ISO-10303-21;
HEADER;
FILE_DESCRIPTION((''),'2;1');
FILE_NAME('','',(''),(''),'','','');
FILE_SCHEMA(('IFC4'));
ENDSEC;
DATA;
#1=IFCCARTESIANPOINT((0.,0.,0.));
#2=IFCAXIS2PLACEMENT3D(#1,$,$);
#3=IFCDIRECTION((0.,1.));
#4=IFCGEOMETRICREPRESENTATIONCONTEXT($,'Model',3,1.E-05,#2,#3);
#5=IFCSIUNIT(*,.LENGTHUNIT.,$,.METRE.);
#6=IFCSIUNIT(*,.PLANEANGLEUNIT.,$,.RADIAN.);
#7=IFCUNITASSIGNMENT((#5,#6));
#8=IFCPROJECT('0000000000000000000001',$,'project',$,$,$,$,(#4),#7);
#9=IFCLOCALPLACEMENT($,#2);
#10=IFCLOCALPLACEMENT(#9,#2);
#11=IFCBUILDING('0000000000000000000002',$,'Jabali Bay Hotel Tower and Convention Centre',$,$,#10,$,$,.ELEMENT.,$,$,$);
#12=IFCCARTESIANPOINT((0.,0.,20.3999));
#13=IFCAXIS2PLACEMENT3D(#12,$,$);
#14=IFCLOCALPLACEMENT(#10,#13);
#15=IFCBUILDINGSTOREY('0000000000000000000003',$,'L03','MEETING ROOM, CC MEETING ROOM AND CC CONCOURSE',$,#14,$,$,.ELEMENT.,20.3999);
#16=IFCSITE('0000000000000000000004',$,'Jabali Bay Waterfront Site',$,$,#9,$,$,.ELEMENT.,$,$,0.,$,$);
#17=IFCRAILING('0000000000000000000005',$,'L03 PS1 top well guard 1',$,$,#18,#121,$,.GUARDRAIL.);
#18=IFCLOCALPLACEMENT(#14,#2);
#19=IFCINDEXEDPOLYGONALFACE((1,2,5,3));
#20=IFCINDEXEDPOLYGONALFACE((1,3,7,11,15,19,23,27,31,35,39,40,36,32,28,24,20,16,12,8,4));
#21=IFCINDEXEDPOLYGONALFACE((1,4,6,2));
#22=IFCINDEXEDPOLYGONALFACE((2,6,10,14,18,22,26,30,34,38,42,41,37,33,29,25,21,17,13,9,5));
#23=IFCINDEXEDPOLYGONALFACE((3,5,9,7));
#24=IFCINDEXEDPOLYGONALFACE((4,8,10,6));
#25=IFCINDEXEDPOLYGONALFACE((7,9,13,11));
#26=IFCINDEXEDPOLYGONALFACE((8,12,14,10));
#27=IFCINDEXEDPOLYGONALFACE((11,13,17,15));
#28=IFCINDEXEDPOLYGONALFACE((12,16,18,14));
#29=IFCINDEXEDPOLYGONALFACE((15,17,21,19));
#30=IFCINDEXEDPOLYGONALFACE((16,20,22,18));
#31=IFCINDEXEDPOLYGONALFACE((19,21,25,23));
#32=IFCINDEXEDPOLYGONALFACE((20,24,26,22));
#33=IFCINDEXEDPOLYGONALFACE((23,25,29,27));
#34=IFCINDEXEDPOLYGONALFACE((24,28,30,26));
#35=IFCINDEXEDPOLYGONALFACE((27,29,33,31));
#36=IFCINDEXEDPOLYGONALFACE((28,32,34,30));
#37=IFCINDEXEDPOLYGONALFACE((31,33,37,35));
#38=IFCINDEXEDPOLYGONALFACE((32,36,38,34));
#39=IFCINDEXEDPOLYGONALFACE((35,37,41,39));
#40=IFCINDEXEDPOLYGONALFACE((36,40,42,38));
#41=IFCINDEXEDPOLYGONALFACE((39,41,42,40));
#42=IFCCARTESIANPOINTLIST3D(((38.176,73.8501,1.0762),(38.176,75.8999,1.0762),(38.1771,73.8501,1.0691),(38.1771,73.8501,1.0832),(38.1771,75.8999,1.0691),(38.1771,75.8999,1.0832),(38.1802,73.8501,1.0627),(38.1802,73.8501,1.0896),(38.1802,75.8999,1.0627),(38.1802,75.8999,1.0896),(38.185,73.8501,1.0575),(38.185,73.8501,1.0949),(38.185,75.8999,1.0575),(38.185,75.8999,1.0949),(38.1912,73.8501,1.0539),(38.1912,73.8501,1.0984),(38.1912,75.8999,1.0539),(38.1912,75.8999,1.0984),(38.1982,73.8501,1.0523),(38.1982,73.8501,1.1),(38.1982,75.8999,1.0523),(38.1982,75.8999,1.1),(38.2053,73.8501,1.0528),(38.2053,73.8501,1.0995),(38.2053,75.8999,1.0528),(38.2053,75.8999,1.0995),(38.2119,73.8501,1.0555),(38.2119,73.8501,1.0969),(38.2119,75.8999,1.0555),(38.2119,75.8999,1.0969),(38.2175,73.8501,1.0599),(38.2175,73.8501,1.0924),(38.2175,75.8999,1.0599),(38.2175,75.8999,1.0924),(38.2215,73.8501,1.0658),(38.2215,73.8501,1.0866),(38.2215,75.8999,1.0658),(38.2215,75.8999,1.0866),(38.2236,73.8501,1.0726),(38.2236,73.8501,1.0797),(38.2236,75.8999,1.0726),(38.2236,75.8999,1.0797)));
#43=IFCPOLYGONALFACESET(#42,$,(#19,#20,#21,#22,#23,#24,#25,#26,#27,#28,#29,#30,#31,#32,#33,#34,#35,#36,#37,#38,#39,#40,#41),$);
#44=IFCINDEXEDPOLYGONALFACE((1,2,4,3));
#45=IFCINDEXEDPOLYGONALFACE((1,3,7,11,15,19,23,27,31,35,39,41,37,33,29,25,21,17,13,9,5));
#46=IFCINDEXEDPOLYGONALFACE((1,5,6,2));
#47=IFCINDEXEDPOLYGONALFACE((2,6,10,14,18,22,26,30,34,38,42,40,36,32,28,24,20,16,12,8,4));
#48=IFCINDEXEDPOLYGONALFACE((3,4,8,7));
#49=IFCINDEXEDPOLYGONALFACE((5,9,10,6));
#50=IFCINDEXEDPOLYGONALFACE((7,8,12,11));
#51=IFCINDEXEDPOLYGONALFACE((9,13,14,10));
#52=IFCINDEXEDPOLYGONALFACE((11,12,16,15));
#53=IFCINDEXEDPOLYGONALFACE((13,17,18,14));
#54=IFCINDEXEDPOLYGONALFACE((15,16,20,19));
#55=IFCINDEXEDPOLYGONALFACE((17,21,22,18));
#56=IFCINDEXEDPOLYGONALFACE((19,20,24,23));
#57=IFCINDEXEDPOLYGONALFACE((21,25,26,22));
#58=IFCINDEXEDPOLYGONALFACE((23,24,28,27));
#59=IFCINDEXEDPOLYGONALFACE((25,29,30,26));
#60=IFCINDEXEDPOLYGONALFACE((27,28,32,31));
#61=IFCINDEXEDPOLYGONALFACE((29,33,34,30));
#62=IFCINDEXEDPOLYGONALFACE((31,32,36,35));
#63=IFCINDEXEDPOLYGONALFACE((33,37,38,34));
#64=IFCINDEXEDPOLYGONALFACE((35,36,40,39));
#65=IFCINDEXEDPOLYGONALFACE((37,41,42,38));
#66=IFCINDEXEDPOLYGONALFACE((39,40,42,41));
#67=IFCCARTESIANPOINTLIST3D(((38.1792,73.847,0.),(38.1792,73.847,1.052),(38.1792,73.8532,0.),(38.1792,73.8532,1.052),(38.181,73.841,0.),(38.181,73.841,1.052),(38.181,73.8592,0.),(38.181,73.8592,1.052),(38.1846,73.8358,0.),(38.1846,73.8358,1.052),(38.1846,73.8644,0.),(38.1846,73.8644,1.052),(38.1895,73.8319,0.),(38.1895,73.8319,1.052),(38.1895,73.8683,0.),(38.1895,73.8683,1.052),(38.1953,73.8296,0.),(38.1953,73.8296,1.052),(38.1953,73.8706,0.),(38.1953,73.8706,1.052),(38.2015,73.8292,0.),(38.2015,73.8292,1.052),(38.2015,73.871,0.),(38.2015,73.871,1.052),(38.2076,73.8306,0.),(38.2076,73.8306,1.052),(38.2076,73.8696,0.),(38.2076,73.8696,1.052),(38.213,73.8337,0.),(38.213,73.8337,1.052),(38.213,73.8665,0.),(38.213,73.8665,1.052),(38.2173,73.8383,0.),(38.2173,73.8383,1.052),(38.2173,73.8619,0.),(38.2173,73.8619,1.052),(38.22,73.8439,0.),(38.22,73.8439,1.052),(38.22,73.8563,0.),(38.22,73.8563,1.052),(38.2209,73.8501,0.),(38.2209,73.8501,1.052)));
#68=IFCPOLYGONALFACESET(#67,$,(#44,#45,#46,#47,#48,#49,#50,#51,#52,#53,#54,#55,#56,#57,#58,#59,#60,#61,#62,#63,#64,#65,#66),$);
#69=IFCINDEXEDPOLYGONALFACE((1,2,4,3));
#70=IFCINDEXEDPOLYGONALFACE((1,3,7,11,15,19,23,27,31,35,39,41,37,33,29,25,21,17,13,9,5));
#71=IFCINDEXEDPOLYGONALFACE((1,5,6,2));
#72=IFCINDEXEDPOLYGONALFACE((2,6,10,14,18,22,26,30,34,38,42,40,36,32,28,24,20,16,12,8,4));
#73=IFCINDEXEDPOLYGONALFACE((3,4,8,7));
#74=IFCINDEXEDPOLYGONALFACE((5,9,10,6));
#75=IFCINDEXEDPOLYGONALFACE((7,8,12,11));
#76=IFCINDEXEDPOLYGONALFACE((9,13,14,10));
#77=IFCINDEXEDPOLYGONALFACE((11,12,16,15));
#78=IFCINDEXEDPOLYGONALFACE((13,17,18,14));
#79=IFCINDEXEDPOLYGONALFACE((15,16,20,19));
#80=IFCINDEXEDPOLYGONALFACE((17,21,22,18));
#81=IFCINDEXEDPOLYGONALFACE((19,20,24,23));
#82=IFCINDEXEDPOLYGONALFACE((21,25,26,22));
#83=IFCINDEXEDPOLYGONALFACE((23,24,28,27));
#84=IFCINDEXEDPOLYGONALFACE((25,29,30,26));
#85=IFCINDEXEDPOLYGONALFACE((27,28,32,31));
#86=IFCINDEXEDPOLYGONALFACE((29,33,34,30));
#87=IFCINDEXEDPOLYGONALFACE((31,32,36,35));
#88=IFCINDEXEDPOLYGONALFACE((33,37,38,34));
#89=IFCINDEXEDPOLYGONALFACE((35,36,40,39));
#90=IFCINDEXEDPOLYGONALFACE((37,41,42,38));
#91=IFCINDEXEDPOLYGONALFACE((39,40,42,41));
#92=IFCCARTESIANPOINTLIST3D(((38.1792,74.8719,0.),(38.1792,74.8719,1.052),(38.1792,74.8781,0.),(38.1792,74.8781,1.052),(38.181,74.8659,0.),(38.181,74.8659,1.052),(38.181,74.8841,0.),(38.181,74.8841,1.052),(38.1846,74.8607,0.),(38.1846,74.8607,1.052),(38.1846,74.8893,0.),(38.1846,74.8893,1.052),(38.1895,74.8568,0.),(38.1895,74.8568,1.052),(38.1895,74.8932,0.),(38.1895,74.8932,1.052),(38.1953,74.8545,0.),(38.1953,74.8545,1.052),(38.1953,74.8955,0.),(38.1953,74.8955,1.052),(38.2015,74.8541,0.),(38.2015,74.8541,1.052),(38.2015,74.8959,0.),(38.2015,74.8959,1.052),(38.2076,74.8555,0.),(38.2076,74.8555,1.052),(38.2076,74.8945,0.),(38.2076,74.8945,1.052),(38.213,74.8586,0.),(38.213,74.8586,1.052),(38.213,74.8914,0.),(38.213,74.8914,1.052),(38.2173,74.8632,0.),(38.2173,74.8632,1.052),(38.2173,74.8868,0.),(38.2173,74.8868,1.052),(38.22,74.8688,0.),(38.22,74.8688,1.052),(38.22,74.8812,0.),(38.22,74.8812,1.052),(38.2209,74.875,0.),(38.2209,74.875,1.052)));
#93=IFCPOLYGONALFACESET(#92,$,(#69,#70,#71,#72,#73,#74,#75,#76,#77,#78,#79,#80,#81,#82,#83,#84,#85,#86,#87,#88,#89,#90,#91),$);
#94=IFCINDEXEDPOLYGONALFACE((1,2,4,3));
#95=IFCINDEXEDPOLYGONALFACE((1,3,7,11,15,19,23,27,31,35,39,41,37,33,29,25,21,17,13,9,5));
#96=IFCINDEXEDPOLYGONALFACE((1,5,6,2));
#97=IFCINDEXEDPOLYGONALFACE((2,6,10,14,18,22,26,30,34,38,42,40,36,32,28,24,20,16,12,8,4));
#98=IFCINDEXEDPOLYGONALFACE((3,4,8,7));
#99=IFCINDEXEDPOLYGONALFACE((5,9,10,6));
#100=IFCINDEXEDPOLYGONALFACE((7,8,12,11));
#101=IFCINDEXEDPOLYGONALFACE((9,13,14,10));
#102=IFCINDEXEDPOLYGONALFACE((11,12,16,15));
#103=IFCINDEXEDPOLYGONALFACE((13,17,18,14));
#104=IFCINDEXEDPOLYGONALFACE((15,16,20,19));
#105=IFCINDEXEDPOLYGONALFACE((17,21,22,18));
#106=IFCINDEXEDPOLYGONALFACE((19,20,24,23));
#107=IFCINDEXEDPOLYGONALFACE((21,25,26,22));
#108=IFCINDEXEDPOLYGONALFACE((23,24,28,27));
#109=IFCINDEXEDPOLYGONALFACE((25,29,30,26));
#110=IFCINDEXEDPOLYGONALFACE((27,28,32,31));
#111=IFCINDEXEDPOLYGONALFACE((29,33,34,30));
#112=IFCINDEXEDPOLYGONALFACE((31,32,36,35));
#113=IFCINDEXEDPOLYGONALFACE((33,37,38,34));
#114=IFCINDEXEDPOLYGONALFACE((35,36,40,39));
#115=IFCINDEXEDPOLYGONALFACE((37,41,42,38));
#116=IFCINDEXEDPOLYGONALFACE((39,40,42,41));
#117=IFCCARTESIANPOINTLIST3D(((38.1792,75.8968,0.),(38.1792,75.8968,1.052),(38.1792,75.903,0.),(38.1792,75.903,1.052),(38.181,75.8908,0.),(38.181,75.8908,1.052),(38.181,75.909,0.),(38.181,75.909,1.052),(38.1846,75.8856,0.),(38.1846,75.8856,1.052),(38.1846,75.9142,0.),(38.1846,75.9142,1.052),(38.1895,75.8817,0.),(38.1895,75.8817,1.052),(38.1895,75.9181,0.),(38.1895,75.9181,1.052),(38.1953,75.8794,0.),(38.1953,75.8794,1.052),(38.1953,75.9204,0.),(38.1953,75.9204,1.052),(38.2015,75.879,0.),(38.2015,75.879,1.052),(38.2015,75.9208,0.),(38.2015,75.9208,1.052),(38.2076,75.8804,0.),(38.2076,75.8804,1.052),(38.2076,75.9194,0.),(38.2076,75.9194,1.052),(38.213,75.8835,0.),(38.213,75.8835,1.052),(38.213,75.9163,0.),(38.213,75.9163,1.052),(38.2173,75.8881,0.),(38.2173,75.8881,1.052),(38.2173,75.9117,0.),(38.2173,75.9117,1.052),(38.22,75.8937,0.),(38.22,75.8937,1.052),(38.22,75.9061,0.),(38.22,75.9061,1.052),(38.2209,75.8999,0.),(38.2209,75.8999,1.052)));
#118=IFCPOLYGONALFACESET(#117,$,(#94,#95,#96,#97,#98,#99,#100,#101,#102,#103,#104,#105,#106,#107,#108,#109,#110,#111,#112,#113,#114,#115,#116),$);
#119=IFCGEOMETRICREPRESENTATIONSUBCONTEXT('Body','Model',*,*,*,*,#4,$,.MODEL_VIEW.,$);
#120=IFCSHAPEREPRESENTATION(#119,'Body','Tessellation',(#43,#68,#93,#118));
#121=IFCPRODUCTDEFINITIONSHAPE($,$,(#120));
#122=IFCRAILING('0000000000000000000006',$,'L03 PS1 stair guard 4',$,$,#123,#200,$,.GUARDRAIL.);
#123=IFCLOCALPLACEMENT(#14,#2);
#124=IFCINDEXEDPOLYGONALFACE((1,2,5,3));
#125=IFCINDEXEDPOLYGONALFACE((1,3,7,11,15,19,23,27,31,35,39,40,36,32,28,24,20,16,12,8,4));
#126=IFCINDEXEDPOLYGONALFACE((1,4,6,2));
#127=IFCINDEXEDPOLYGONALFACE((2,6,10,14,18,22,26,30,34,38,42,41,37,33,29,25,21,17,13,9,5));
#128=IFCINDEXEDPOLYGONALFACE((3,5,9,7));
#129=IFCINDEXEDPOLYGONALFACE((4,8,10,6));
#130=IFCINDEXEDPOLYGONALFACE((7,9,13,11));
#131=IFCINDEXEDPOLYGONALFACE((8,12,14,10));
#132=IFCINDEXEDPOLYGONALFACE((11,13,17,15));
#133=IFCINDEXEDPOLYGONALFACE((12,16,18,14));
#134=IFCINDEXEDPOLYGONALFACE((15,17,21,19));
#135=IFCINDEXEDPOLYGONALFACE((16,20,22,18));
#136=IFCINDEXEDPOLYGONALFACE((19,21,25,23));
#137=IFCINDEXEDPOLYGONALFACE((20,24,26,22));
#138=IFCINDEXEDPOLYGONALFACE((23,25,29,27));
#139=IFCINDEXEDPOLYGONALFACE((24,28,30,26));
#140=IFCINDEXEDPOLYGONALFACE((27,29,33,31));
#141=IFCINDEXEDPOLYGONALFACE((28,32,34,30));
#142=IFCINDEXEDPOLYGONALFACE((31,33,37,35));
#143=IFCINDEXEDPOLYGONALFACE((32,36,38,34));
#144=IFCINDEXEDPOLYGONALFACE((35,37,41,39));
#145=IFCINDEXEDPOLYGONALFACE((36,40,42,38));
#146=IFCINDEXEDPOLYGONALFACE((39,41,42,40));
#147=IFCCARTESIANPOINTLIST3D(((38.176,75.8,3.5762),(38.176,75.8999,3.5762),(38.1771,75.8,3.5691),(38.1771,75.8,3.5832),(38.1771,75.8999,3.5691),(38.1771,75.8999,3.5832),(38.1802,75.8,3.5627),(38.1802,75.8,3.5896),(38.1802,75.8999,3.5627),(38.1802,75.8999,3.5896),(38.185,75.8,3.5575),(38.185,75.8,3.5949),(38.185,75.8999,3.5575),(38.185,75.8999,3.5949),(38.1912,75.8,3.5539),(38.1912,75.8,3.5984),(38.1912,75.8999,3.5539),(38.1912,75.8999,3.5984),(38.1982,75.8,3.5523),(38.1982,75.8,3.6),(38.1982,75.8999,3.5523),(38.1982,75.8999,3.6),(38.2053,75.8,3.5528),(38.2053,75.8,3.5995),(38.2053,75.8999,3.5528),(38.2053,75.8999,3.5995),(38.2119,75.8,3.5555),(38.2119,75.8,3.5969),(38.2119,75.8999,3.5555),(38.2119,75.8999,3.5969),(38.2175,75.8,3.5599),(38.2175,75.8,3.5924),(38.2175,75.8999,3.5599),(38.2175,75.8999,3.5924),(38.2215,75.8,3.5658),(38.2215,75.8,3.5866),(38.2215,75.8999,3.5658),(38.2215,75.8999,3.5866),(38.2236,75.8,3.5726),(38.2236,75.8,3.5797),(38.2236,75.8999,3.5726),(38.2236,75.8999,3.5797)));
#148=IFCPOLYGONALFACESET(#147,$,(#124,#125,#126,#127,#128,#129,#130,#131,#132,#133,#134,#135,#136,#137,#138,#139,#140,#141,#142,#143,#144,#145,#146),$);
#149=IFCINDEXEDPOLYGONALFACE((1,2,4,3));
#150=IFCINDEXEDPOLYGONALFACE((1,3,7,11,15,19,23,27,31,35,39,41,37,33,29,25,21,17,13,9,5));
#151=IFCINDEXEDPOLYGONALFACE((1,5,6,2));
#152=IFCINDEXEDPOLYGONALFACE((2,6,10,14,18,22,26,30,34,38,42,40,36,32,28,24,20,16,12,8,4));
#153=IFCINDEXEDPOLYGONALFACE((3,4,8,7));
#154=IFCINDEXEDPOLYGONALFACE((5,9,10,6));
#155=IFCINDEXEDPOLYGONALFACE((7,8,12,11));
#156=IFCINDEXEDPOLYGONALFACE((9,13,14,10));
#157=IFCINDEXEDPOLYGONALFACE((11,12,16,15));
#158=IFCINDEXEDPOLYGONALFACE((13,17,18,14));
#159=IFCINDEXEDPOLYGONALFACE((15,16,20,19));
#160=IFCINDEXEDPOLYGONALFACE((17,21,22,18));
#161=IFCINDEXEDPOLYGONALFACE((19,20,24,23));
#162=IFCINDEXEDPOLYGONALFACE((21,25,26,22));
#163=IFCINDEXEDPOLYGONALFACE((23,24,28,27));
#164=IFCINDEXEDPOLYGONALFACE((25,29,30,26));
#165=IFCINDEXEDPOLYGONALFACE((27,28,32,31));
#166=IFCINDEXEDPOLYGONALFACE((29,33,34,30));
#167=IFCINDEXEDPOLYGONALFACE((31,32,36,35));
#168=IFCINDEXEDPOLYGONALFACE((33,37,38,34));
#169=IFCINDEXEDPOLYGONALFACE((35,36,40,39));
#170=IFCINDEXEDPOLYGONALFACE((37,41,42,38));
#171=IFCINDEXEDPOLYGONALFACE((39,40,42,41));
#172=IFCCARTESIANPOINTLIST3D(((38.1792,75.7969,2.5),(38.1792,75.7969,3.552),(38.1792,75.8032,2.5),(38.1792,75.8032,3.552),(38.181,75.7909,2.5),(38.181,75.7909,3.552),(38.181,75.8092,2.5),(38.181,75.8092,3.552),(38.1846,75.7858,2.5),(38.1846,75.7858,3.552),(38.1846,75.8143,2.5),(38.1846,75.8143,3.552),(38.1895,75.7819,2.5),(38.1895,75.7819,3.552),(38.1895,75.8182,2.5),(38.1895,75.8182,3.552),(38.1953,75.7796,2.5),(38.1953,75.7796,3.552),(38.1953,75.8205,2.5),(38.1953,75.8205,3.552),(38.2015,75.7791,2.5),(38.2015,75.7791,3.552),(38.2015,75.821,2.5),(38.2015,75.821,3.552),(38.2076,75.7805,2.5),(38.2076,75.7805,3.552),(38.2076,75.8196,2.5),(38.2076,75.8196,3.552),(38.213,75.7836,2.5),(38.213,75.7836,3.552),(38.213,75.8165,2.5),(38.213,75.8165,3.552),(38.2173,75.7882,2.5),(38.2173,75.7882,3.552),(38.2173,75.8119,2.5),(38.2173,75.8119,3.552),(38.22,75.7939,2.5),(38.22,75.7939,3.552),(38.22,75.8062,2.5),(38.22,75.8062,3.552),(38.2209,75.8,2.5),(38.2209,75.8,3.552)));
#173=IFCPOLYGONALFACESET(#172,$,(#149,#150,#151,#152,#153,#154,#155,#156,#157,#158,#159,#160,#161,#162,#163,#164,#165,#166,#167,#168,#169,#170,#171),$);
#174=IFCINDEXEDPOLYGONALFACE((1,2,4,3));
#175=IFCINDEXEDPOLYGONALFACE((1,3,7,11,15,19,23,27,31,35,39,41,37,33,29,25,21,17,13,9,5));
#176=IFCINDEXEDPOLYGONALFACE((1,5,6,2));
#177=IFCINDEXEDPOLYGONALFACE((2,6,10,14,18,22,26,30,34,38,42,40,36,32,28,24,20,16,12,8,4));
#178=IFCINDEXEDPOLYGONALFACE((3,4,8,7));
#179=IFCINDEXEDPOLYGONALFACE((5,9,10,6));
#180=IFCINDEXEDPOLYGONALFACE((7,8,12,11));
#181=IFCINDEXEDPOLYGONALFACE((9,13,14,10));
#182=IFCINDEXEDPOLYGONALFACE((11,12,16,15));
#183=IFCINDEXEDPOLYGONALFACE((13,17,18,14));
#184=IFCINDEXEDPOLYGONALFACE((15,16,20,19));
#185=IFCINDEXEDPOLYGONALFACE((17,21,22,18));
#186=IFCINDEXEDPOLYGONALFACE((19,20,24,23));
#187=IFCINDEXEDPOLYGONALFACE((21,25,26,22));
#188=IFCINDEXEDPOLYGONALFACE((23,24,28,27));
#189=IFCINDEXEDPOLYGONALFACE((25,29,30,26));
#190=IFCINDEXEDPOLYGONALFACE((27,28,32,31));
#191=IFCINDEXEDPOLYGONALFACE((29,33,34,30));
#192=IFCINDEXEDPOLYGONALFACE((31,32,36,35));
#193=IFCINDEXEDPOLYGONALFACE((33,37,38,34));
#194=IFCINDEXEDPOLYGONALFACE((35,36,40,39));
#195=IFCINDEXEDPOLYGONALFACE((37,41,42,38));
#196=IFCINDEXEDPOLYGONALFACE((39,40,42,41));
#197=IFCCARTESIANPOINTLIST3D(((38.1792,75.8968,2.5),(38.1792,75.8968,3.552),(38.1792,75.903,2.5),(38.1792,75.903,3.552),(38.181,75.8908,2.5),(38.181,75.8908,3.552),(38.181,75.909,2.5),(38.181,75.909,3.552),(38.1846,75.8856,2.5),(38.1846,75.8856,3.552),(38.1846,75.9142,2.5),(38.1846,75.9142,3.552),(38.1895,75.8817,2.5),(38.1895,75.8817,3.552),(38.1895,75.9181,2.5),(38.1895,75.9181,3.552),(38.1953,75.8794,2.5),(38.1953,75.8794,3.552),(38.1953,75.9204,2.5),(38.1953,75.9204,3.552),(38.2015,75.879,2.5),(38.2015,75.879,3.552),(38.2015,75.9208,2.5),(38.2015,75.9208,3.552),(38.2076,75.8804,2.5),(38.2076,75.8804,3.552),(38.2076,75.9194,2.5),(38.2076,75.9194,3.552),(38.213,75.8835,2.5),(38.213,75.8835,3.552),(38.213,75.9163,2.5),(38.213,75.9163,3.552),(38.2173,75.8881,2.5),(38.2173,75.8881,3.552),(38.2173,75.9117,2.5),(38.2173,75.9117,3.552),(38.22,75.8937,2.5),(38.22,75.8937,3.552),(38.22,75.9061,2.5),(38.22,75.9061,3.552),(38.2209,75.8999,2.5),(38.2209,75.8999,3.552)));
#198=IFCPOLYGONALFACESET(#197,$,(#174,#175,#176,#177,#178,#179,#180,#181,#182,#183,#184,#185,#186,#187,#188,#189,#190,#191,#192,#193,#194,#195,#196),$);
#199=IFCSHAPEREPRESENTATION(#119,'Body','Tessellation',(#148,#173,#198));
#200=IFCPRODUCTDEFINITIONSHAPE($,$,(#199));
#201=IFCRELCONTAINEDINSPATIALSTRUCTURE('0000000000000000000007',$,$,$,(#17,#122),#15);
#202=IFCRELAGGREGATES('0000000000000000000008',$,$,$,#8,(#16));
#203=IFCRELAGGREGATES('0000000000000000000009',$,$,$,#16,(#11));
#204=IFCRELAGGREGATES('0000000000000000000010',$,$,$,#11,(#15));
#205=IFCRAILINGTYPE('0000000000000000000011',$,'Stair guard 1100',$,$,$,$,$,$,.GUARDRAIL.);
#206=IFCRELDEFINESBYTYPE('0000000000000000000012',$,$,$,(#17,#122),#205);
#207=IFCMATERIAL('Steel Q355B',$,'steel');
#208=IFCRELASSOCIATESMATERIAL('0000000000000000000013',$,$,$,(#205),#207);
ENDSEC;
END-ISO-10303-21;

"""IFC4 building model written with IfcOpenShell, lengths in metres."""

from ifc_helpers import new_model, si_unit, direction, frame, origin, origin_2d, place, context, subcontext, project, spatial, circle, extrude, material, type_object, element, save


model = new_model("IFC4")

# Units and contexts
model_context = context("Model", 3, precision=1e-05, world=origin(), true_north=direction((0.0, 1.0)))
body_context = subcontext(model_context, "Body", "Model", "MODEL_VIEW")
ifc_project = project(units=[si_unit("LENGTHUNIT", "METRE"), si_unit("PLANEANGLEUNIT", "RADIAN")], contexts=[model_context])

# Site, building, storey
site_placement = place(None, origin())
site = spatial("IfcSite", under=ifc_project, at=site_placement, Name="Jabali Bay Waterfront Site", CompositionType="ELEMENT", RefElevation=0.0)
building_placement = place(site_placement, origin())
building = spatial("IfcBuilding", under=site, at=building_placement, Name="Jabali Bay Hotel Tower and Convention Centre", CompositionType="ELEMENT")
storey_placement = place(building_placement, frame((0.0, 0.0, 20.3999)))
storey = spatial("IfcBuildingStorey", under=building, at=storey_placement, Name="L03", Description="MEETING ROOM, CC MEETING ROOM AND CC CONCOURSE", CompositionType="ELEMENT", Elevation=20.3999)

# Railings
ifc_material_1 = material(Name="Steel Q355B", Category="steel")
railing_type_1 = type_object("IfcRailingType", Name="Stair guard 1100", PredefinedType="GUARDRAIL", material=ifc_material_1)
railing_1_placement = place(storey_placement, frame((38.2, 73.8501, 0.0)))
element("IfcRailing", 1, at=railing_1_placement, inside=storey, type_object=railing_type_1, Name="L03 PS1 top well guard 1", PredefinedType="GUARDRAIL", context=body_context, shape_type="SweptSolid", body=[
    extrude(circle(Radius=0.0239, at=origin_2d()), frame((0.0, 0.0, 1.0762), z_axis=(0.0, 1.0, 0.0), x_axis=(-1.0, 0.0, 0.0)), (0.0, 0.0, 1.0), 2.0498),
    extrude(circle(Radius=0.021, at=origin_2d()), origin(), (0.0, 0.0, 1.0), 1.052),
    extrude(circle(Radius=0.021, at=origin_2d()), frame((0.0, 1.0249, 0.0)), (0.0, 0.0, 1.0), 1.052),
    extrude(circle(Radius=0.021, at=origin_2d()), frame((0.0, 2.0498, 0.0)), (0.0, 0.0, 1.0), 1.052),
])
for number, where, name in (
    (2, (38.2, 75.8, 2.5), "L03 PS1 stair guard 4"),
):
    element("IfcRailing", number, at=place(storey_placement, frame(where)), inside=storey, type_object=railing_type_1, Name=name, PredefinedType="GUARDRAIL", context=body_context, shape_type="SweptSolid", body=[
        extrude(circle(Radius=0.0239, at=origin_2d()), frame((0.0, 0.0, 1.0762), z_axis=(0.0, 1.0, 0.0), x_axis=(-1.0, 0.0, 0.0)), (0.0, 0.0, 1.0), 0.0999),
        extrude(circle(Radius=0.021, at=origin_2d()), origin(), (0.0, 0.0, 1.0), 1.052),
        extrude(circle(Radius=0.021, at=origin_2d()), frame((0.0, 0.0999, 0.0)), (0.0, 0.0, 1.0), 1.052),
    ])

save(model, "model.ifc")
